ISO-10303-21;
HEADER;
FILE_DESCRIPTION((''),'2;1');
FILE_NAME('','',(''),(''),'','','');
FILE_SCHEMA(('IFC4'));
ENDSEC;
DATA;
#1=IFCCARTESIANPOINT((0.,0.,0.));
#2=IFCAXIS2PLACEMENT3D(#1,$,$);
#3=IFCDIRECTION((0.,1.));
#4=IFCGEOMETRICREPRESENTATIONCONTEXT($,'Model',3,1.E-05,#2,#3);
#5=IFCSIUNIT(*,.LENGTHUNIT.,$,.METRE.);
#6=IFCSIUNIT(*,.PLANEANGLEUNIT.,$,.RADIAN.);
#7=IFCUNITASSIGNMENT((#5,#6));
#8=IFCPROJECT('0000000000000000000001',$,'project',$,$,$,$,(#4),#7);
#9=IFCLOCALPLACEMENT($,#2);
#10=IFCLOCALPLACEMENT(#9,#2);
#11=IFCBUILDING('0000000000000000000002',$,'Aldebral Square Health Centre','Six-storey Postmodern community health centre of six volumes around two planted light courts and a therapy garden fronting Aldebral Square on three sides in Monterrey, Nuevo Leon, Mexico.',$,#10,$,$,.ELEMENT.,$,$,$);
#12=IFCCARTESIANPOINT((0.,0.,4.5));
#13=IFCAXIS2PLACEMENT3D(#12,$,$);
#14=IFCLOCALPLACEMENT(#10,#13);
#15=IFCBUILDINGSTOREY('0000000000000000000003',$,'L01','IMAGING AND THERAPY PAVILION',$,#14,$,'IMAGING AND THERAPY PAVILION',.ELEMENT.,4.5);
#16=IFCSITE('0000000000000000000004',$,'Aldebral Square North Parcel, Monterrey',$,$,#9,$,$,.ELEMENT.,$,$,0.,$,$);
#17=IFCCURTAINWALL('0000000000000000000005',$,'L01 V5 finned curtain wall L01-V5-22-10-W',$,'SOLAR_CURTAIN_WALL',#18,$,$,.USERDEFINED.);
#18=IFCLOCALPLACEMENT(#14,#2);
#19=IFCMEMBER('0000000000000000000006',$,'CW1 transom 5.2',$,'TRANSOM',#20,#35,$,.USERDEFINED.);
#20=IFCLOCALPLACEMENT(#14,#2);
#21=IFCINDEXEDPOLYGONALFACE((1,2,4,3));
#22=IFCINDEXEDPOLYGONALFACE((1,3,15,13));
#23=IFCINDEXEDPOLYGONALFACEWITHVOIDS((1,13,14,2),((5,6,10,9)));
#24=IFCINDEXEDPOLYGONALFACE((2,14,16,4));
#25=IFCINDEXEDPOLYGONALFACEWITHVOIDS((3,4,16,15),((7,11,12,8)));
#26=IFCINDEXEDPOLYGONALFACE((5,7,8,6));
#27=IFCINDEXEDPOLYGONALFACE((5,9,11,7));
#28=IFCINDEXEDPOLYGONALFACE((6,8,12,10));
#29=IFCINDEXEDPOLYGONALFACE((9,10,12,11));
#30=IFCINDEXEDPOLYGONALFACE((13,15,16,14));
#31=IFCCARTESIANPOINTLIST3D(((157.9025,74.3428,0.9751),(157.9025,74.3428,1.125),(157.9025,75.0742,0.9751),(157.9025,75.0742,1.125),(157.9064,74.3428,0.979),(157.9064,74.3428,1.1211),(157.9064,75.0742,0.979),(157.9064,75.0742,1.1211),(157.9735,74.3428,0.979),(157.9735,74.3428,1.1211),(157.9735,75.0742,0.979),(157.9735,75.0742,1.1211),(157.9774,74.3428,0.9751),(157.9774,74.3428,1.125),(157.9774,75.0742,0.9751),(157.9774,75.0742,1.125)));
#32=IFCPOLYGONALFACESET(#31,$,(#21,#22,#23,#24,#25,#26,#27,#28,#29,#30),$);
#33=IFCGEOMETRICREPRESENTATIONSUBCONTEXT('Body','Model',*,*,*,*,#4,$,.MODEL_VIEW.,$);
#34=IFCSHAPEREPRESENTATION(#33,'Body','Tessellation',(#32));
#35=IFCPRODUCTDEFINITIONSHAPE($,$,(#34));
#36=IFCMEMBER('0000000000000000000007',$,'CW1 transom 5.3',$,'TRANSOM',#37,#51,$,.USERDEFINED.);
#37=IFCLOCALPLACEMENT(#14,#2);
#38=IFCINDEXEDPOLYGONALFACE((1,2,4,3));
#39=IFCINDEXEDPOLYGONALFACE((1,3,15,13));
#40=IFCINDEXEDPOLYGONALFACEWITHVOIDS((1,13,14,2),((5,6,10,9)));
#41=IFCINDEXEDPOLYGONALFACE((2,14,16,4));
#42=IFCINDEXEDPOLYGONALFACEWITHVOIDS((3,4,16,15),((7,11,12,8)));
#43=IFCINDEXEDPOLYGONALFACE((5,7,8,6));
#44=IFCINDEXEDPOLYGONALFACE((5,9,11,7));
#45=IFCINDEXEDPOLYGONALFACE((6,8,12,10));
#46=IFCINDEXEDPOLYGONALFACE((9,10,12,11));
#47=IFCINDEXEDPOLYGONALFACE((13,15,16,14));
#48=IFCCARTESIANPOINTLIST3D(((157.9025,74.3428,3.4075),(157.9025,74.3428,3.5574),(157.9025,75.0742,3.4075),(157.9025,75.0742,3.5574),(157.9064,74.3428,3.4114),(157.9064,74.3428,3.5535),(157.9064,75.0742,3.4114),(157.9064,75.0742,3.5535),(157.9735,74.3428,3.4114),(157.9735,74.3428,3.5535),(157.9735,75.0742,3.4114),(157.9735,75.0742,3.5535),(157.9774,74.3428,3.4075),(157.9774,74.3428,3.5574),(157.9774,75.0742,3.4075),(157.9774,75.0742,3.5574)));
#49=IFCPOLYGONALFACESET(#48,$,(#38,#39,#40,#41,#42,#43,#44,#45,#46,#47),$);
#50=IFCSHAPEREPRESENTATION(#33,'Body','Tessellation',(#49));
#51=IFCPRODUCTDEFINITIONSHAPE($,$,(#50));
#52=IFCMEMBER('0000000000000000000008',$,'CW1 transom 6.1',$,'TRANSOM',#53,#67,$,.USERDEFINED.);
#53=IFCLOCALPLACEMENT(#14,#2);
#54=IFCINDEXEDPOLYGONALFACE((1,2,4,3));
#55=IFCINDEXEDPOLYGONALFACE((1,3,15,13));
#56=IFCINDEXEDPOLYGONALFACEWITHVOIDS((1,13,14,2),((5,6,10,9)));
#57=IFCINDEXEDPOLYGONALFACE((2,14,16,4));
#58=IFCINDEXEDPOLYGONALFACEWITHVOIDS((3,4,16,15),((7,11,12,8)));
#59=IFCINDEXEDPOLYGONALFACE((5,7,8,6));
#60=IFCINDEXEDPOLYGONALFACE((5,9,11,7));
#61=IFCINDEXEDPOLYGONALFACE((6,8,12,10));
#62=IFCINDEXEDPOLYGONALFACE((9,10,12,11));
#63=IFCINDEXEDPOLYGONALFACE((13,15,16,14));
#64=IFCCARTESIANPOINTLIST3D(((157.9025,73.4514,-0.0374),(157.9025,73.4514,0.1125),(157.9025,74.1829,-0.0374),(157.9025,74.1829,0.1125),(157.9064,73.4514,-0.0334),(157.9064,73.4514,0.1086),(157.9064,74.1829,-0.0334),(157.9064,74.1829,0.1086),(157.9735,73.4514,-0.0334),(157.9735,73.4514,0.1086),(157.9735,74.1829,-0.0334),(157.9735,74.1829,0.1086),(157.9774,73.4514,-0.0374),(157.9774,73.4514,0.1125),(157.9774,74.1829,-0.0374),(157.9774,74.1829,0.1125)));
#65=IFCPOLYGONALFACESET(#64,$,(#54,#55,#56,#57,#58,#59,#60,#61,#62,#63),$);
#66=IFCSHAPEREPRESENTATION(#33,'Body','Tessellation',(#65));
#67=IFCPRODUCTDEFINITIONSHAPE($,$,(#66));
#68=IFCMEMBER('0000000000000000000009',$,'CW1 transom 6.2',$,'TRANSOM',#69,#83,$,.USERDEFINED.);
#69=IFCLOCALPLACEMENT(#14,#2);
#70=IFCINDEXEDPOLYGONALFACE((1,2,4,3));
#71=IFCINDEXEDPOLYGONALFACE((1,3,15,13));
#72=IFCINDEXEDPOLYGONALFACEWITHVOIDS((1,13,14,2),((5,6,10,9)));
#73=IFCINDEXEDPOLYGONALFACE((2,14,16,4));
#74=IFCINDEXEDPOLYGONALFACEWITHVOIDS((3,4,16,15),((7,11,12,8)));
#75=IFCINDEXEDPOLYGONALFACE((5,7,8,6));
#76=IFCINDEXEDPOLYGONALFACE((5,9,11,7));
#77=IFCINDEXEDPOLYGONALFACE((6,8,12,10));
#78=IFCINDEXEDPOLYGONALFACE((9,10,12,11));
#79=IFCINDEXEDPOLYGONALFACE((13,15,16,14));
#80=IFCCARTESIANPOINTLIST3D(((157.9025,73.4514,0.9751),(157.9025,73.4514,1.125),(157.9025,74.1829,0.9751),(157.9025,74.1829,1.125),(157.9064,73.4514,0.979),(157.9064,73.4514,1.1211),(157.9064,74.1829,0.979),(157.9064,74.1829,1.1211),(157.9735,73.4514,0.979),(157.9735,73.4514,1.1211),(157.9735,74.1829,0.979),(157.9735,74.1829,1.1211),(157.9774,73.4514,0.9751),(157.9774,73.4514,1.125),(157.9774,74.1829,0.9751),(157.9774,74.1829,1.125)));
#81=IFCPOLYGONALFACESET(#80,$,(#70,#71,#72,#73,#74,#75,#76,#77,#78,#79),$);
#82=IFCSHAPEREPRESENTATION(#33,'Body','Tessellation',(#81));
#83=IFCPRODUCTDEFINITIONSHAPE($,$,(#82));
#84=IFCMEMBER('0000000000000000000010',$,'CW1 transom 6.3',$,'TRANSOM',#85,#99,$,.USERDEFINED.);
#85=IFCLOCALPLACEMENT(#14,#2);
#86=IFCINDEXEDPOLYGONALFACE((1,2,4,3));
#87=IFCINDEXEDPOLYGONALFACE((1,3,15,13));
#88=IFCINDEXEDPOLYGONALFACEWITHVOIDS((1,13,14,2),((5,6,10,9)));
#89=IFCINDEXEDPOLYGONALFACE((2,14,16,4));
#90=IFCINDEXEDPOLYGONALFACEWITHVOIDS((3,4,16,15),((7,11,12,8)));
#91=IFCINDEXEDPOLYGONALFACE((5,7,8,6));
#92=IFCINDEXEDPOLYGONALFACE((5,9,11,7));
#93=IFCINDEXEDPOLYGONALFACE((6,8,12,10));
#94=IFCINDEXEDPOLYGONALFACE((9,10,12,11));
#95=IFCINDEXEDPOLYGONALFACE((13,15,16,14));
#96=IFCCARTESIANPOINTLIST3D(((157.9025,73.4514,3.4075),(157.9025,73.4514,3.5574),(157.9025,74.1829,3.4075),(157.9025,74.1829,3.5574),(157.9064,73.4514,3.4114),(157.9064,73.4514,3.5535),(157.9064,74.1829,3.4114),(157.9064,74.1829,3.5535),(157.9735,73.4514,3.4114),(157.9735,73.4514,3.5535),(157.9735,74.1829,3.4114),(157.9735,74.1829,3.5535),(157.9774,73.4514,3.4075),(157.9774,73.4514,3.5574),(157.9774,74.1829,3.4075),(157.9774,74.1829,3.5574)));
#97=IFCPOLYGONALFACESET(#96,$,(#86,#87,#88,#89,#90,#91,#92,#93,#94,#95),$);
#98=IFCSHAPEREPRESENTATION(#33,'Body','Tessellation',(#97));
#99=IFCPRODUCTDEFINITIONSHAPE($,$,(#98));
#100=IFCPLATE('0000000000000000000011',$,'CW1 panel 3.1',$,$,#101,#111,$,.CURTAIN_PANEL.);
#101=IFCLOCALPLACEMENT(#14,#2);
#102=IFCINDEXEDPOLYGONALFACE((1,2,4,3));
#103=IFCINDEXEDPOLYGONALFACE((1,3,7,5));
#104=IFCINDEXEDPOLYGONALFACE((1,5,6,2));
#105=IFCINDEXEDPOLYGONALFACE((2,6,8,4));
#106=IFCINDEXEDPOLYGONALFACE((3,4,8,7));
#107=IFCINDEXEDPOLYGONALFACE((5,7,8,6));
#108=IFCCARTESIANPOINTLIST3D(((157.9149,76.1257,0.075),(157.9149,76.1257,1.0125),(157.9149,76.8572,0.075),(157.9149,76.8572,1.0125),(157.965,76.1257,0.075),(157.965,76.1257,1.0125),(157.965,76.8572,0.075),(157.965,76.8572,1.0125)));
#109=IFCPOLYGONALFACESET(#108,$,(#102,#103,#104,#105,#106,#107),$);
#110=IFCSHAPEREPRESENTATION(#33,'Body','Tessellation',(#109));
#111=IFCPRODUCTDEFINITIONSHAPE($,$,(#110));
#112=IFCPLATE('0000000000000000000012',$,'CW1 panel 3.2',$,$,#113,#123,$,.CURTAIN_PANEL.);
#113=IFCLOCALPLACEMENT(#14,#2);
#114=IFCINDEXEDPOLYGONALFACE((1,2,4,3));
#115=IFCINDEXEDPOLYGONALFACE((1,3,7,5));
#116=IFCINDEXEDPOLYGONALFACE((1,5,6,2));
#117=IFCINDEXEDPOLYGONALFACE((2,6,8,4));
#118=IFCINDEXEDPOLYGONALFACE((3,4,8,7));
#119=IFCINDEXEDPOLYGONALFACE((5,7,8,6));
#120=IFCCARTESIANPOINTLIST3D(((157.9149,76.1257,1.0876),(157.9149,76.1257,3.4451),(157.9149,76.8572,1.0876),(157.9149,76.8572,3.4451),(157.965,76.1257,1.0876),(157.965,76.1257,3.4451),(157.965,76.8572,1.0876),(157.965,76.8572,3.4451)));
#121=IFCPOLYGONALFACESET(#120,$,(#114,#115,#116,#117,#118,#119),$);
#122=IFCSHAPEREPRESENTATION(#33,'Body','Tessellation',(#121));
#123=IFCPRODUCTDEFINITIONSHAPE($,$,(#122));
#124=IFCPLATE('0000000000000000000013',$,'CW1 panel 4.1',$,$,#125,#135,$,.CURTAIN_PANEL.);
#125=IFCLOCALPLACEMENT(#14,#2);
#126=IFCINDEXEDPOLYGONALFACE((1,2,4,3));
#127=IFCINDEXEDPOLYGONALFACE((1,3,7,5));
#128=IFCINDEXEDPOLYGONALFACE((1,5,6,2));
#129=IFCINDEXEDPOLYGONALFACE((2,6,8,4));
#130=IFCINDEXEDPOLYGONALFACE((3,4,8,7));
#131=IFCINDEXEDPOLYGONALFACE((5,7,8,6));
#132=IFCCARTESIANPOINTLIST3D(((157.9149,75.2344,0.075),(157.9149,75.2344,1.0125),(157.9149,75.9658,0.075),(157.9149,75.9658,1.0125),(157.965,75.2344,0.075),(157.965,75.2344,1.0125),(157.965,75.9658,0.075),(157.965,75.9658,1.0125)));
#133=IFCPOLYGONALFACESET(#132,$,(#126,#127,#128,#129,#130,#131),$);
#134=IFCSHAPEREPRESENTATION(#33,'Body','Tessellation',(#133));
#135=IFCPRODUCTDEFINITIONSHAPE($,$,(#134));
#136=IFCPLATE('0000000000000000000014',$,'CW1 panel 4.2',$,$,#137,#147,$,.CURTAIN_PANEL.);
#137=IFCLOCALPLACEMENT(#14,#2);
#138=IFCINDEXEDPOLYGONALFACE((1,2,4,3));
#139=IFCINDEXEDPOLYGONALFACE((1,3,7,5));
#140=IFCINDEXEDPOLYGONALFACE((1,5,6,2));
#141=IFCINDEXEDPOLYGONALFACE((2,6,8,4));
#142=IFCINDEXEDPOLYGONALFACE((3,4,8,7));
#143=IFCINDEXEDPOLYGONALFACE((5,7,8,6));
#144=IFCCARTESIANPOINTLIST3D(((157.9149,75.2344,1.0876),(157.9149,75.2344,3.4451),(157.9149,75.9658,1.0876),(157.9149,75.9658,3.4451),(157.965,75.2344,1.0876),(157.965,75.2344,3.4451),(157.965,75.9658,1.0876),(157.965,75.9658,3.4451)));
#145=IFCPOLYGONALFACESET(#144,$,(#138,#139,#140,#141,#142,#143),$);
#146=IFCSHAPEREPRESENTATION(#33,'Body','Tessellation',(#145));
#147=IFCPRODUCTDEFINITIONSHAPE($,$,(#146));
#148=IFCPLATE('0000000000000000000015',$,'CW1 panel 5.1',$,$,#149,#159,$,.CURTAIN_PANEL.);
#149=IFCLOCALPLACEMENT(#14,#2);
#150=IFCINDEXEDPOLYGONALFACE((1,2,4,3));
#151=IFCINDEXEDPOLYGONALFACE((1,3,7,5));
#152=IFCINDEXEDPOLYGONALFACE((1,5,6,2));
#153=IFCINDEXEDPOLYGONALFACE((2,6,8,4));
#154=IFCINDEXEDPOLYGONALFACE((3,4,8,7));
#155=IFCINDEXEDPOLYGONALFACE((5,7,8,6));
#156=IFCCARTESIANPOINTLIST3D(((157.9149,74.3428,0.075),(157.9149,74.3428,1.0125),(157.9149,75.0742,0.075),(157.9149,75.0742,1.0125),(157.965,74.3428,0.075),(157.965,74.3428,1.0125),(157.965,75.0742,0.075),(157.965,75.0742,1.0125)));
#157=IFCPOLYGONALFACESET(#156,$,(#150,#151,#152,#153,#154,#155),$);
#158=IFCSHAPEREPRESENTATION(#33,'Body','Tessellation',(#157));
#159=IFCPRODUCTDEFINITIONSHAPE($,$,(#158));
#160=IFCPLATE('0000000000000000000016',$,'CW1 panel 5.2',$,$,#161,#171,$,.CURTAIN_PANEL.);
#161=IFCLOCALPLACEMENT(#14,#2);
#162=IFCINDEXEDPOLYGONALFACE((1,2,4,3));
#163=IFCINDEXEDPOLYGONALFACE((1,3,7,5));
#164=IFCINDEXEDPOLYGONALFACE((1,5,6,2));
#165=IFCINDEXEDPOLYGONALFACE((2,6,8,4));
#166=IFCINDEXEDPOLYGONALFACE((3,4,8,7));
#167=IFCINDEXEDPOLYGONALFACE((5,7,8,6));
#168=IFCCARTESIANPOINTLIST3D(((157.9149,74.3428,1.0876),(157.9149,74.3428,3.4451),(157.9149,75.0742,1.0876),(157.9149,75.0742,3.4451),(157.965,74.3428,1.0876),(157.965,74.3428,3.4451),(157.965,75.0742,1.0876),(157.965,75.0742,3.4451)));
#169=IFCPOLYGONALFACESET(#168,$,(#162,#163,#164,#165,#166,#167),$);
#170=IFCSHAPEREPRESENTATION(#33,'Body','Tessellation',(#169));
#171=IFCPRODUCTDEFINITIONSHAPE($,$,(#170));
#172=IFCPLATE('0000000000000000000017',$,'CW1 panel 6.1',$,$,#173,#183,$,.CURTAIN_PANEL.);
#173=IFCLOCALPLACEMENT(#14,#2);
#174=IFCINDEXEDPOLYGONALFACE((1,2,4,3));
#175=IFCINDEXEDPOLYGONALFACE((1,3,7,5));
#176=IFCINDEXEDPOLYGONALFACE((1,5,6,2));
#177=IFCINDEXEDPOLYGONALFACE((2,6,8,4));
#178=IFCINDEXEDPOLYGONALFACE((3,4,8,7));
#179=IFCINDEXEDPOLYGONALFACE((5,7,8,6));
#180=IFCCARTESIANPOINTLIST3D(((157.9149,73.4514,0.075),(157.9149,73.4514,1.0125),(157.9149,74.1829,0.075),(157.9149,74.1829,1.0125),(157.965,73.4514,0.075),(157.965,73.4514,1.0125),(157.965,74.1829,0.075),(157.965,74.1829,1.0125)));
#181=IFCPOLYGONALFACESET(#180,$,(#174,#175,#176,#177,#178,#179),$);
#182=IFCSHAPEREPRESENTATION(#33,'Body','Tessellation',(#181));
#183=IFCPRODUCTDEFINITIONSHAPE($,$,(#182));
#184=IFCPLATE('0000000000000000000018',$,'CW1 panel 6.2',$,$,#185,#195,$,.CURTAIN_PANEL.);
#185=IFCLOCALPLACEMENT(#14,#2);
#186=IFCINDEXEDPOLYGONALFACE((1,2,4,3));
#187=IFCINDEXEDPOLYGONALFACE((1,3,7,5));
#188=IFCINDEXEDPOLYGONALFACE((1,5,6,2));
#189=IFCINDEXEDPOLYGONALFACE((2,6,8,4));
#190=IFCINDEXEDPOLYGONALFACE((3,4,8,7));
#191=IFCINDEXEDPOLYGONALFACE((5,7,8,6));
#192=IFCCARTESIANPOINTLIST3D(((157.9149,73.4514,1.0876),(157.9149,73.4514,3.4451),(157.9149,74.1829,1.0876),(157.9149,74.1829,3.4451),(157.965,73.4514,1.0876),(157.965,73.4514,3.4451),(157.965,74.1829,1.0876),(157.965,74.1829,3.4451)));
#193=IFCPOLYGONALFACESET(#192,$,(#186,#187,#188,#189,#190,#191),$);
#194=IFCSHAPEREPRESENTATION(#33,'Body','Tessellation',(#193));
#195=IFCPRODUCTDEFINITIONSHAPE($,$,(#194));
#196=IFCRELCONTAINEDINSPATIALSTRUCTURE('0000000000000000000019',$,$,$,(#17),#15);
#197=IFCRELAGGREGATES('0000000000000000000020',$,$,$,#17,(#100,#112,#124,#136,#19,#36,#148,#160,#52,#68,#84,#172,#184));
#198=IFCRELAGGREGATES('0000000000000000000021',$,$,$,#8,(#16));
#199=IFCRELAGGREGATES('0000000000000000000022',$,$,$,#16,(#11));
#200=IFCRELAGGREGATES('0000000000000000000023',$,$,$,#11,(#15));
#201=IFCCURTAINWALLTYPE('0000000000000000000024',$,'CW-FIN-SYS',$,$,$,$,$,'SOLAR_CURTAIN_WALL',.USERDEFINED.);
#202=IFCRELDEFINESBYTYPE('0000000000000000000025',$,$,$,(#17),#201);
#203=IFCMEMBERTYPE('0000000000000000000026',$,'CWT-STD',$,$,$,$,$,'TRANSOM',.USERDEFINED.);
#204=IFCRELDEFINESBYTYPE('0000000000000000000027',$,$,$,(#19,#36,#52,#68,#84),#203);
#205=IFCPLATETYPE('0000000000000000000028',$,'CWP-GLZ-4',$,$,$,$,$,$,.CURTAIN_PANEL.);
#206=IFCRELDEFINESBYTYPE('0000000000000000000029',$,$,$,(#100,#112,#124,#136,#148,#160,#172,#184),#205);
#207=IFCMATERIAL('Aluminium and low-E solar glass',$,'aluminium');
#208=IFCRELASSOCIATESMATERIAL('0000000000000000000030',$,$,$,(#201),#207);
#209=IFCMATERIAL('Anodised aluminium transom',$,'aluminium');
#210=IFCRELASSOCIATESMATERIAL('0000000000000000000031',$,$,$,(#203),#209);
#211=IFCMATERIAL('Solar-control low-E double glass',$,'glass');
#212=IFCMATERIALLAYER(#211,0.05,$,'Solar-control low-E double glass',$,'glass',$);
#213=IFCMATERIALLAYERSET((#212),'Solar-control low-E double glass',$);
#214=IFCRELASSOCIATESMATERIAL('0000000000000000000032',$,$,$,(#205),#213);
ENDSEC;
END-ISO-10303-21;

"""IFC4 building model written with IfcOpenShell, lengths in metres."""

from ifc_helpers import new_model, si_unit, direction, frame, origin, origin_2d, place, context, subcontext, project, spatial, rectangle, hollow_rectangle, extrude, material, layer, layer_set, material_profile, profile_set, type_object, element, aggregate, save


model = new_model("IFC4")

# Units and contexts
model_context = context("Model", 3, precision=1e-05, world=origin(), true_north=direction((0.0, 1.0)))
body_context = subcontext(model_context, "Body", "Model", "MODEL_VIEW")
ifc_project = project(units=[si_unit("LENGTHUNIT", "METRE"), si_unit("PLANEANGLEUNIT", "RADIAN")], contexts=[model_context])

# Site, building, storey
site_placement = place(None, origin())
site = spatial("IfcSite", under=ifc_project, at=site_placement, Name="Aldebral Square North Parcel, Monterrey", CompositionType="ELEMENT", RefElevation=0.0)
building_placement = place(site_placement, origin())
building = spatial("IfcBuilding", under=site, at=building_placement, Name="Aldebral Square Health Centre", Description="Six-storey Postmodern community health centre of six volumes around two planted light courts and a therapy garden fronting Aldebral Square on three sides in Monterrey, Nuevo Leon, Mexico.", CompositionType="ELEMENT")
storey_placement = place(building_placement, frame((0.0, 0.0, 4.5)))
storey = spatial("IfcBuildingStorey", under=building, at=storey_placement, Name="L01", Description="IMAGING AND THERAPY PAVILION", LongName="IMAGING AND THERAPY PAVILION", CompositionType="ELEMENT", Elevation=4.5)

# Curtain wall, members, plates
ifc_material_1 = material(Name="Aluminium and low-E solar glass", Category="aluminium")
curtain_wall_type = type_object("IfcCurtainWallType", Name="CW-FIN-SYS", ElementType="SOLAR_CURTAIN_WALL", PredefinedType="USERDEFINED", material=ifc_material_1)
curtain_wall_placement = place(storey_placement, origin())
curtain_wall = element("IfcCurtainWall", 1, at=curtain_wall_placement, inside=storey, type_object=curtain_wall_type, Name="L01 V5 finned curtain wall L01-V5-22-10-W", ObjectType="SOLAR_CURTAIN_WALL", PredefinedType="USERDEFINED")
ifc_material_2 = material(Name="Anodised aluminium transom", Category="aluminium")
ifc_material_profile_1 = material_profile(ifc_material_2, hollow_rectangle(XDim=0.075, YDim=0.1499, WallThickness=0.0039, at=origin_2d()), Name="CWT 75x150x4")
ifc_profile_set_1 = profile_set([ifc_material_profile_1], Name="Anodised aluminium transom")
member_type_1 = type_object("IfcMemberType", Name="CWT-STD", ElementType="TRANSOM", PredefinedType="USERDEFINED", material=ifc_profile_set_1)
member_1_placement = place(storey_placement, frame((157.9399, 75.0742, 1.05), z_axis=(0.0, -1.0, 0.0), x_axis=(1.0, 0.0, 0.0)))
member_1 = element("IfcMember", 2, at=member_1_placement, type_object=member_type_1, Name="CW1 transom 5.2", ObjectType="TRANSOM", PredefinedType="USERDEFINED", context=body_context, shape_type="SweptSolid", body=[
    extrude(hollow_rectangle(XDim=0.075, YDim=0.1499, WallThickness=0.0039, at=origin_2d()), origin(), (0.0, 0.0, 1.0), 0.7314),
])
member_2_placement = place(storey_placement, frame((157.9399, 75.0742, 3.4824), z_axis=(0.0, -1.0, 0.0), x_axis=(1.0, 0.0, 0.0)))
member_2 = element("IfcMember", 3, at=member_2_placement, type_object=member_type_1, Name="CW1 transom 5.3", ObjectType="TRANSOM", PredefinedType="USERDEFINED", context=body_context, shape_type="SweptSolid", body=[
    extrude(hollow_rectangle(XDim=0.075, YDim=0.1499, WallThickness=0.0039, at=origin_2d()), origin(), (0.0, 0.0, 1.0), 0.7314),
])
member_3_placement = place(storey_placement, frame((157.9399, 74.1829, 0.0376), z_axis=(0.0, -1.0, 0.0), x_axis=(1.0, 0.0, 0.0)))
member_3 = element("IfcMember", 4, at=member_3_placement, type_object=member_type_1, Name="CW1 transom 6.1", ObjectType="TRANSOM", PredefinedType="USERDEFINED", context=body_context, shape_type="SweptSolid", body=[
    extrude(hollow_rectangle(XDim=0.075, YDim=0.1499, WallThickness=0.0039, at=origin_2d()), origin(), (0.0, 0.0, 1.0), 0.7314),
])
member_4_placement = place(storey_placement, frame((157.9399, 74.1829, 1.05), z_axis=(0.0, -1.0, 0.0), x_axis=(1.0, 0.0, 0.0)))
member_4 = element("IfcMember", 5, at=member_4_placement, type_object=member_type_1, Name="CW1 transom 6.2", ObjectType="TRANSOM", PredefinedType="USERDEFINED", context=body_context, shape_type="SweptSolid", body=[
    extrude(hollow_rectangle(XDim=0.075, YDim=0.1499, WallThickness=0.0039, at=origin_2d()), origin(), (0.0, 0.0, 1.0), 0.7314),
])
member_5_placement = place(storey_placement, frame((157.9399, 74.1829, 3.4824), z_axis=(0.0, -1.0, 0.0), x_axis=(1.0, 0.0, 0.0)))
member_5 = element("IfcMember", 6, at=member_5_placement, type_object=member_type_1, Name="CW1 transom 6.3", ObjectType="TRANSOM", PredefinedType="USERDEFINED", context=body_context, shape_type="SweptSolid", body=[
    extrude(hollow_rectangle(XDim=0.075, YDim=0.1499, WallThickness=0.0039, at=origin_2d()), origin(), (0.0, 0.0, 1.0), 0.7314),
])
ifc_material_3 = material(Name="Solar-control low-E double glass", Category="glass")
ifc_layer = layer(ifc_material_3, 0.05, Name="Solar-control low-E double glass", Category="glass")
ifc_layer_set = layer_set([ifc_layer], Name="Solar-control low-E double glass")
plate_type = type_object("IfcPlateType", Name="CWP-GLZ-4", PredefinedType="CURTAIN_PANEL", material=ifc_layer_set)
plate_1_placement = place(storey_placement, frame((157.9399, 76.4915, 0.075), z_axis=(0.0, 0.0, 1.0), x_axis=(0.0, -1.0, 0.0)))
plate_1 = element("IfcPlate", 7, at=plate_1_placement, type_object=plate_type, Name="CW1 panel 3.1", PredefinedType="CURTAIN_PANEL", context=body_context, shape_type="SweptSolid", body=[
    extrude(rectangle(XDim=0.7314, YDim=0.05, at=origin_2d()), origin(), (0.0, 0.0, 1.0), 0.9375),
])
plate_2_placement = place(storey_placement, frame((157.9399, 76.4915, 1.0876), z_axis=(0.0, 0.0, 1.0), x_axis=(0.0, -1.0, 0.0)))
plate_2 = element("IfcPlate", 8, at=plate_2_placement, type_object=plate_type, Name="CW1 panel 3.2", PredefinedType="CURTAIN_PANEL", context=body_context, shape_type="SweptSolid", body=[
    extrude(rectangle(XDim=0.7314, YDim=0.05, at=origin_2d()), origin(), (0.0, 0.0, 1.0), 2.3574),
])
plate_3_placement = place(storey_placement, frame((157.9399, 75.6001, 0.075), z_axis=(0.0, 0.0, 1.0), x_axis=(0.0, -1.0, 0.0)))
plate_3 = element("IfcPlate", 9, at=plate_3_placement, type_object=plate_type, Name="CW1 panel 4.1", PredefinedType="CURTAIN_PANEL", context=body_context, shape_type="SweptSolid", body=[
    extrude(rectangle(XDim=0.7314, YDim=0.05, at=origin_2d()), origin(), (0.0, 0.0, 1.0), 0.9375),
])
plate_4_placement = place(storey_placement, frame((157.9399, 75.6001, 1.0876), z_axis=(0.0, 0.0, 1.0), x_axis=(0.0, -1.0, 0.0)))
plate_4 = element("IfcPlate", 10, at=plate_4_placement, type_object=plate_type, Name="CW1 panel 4.2", PredefinedType="CURTAIN_PANEL", context=body_context, shape_type="SweptSolid", body=[
    extrude(rectangle(XDim=0.7314, YDim=0.05, at=origin_2d()), origin(), (0.0, 0.0, 1.0), 2.3574),
])
plate_5_placement = place(storey_placement, frame((157.9399, 74.7085, 0.075), z_axis=(0.0, 0.0, 1.0), x_axis=(0.0, -1.0, 0.0)))
plate_5 = element("IfcPlate", 11, at=plate_5_placement, type_object=plate_type, Name="CW1 panel 5.1", PredefinedType="CURTAIN_PANEL", context=body_context, shape_type="SweptSolid", body=[
    extrude(rectangle(XDim=0.7314, YDim=0.05, at=origin_2d()), origin(), (0.0, 0.0, 1.0), 0.9375),
])
plate_6_placement = place(storey_placement, frame((157.9399, 74.7085, 1.0876), z_axis=(0.0, 0.0, 1.0), x_axis=(0.0, -1.0, 0.0)))
plate_6 = element("IfcPlate", 12, at=plate_6_placement, type_object=plate_type, Name="CW1 panel 5.2", PredefinedType="CURTAIN_PANEL", context=body_context, shape_type="SweptSolid", body=[
    extrude(rectangle(XDim=0.7314, YDim=0.05, at=origin_2d()), origin(), (0.0, 0.0, 1.0), 2.3574),
])
plate_7_placement = place(storey_placement, frame((157.9399, 73.8171, 0.075), z_axis=(0.0, 0.0, 1.0), x_axis=(0.0, -1.0, 0.0)))
plate_7 = element("IfcPlate", 13, at=plate_7_placement, type_object=plate_type, Name="CW1 panel 6.1", PredefinedType="CURTAIN_PANEL", context=body_context, shape_type="SweptSolid", body=[
    extrude(rectangle(XDim=0.7314, YDim=0.05, at=origin_2d()), origin(), (0.0, 0.0, 1.0), 0.9375),
])
plate_8_placement = place(storey_placement, frame((157.9399, 73.8171, 1.0876), z_axis=(0.0, 0.0, 1.0), x_axis=(0.0, -1.0, 0.0)))
plate_8 = element("IfcPlate", 14, at=plate_8_placement, type_object=plate_type, Name="CW1 panel 6.2", PredefinedType="CURTAIN_PANEL", context=body_context, shape_type="SweptSolid", body=[
    extrude(rectangle(XDim=0.7314, YDim=0.05, at=origin_2d()), origin(), (0.0, 0.0, 1.0), 2.3574),
])
aggregate(curtain_wall, [plate_1, plate_2, plate_3, plate_4, member_1, member_2, plate_5, plate_6, member_3, member_4, member_5, plate_7, plate_8])

save(model, "model.ifc")
